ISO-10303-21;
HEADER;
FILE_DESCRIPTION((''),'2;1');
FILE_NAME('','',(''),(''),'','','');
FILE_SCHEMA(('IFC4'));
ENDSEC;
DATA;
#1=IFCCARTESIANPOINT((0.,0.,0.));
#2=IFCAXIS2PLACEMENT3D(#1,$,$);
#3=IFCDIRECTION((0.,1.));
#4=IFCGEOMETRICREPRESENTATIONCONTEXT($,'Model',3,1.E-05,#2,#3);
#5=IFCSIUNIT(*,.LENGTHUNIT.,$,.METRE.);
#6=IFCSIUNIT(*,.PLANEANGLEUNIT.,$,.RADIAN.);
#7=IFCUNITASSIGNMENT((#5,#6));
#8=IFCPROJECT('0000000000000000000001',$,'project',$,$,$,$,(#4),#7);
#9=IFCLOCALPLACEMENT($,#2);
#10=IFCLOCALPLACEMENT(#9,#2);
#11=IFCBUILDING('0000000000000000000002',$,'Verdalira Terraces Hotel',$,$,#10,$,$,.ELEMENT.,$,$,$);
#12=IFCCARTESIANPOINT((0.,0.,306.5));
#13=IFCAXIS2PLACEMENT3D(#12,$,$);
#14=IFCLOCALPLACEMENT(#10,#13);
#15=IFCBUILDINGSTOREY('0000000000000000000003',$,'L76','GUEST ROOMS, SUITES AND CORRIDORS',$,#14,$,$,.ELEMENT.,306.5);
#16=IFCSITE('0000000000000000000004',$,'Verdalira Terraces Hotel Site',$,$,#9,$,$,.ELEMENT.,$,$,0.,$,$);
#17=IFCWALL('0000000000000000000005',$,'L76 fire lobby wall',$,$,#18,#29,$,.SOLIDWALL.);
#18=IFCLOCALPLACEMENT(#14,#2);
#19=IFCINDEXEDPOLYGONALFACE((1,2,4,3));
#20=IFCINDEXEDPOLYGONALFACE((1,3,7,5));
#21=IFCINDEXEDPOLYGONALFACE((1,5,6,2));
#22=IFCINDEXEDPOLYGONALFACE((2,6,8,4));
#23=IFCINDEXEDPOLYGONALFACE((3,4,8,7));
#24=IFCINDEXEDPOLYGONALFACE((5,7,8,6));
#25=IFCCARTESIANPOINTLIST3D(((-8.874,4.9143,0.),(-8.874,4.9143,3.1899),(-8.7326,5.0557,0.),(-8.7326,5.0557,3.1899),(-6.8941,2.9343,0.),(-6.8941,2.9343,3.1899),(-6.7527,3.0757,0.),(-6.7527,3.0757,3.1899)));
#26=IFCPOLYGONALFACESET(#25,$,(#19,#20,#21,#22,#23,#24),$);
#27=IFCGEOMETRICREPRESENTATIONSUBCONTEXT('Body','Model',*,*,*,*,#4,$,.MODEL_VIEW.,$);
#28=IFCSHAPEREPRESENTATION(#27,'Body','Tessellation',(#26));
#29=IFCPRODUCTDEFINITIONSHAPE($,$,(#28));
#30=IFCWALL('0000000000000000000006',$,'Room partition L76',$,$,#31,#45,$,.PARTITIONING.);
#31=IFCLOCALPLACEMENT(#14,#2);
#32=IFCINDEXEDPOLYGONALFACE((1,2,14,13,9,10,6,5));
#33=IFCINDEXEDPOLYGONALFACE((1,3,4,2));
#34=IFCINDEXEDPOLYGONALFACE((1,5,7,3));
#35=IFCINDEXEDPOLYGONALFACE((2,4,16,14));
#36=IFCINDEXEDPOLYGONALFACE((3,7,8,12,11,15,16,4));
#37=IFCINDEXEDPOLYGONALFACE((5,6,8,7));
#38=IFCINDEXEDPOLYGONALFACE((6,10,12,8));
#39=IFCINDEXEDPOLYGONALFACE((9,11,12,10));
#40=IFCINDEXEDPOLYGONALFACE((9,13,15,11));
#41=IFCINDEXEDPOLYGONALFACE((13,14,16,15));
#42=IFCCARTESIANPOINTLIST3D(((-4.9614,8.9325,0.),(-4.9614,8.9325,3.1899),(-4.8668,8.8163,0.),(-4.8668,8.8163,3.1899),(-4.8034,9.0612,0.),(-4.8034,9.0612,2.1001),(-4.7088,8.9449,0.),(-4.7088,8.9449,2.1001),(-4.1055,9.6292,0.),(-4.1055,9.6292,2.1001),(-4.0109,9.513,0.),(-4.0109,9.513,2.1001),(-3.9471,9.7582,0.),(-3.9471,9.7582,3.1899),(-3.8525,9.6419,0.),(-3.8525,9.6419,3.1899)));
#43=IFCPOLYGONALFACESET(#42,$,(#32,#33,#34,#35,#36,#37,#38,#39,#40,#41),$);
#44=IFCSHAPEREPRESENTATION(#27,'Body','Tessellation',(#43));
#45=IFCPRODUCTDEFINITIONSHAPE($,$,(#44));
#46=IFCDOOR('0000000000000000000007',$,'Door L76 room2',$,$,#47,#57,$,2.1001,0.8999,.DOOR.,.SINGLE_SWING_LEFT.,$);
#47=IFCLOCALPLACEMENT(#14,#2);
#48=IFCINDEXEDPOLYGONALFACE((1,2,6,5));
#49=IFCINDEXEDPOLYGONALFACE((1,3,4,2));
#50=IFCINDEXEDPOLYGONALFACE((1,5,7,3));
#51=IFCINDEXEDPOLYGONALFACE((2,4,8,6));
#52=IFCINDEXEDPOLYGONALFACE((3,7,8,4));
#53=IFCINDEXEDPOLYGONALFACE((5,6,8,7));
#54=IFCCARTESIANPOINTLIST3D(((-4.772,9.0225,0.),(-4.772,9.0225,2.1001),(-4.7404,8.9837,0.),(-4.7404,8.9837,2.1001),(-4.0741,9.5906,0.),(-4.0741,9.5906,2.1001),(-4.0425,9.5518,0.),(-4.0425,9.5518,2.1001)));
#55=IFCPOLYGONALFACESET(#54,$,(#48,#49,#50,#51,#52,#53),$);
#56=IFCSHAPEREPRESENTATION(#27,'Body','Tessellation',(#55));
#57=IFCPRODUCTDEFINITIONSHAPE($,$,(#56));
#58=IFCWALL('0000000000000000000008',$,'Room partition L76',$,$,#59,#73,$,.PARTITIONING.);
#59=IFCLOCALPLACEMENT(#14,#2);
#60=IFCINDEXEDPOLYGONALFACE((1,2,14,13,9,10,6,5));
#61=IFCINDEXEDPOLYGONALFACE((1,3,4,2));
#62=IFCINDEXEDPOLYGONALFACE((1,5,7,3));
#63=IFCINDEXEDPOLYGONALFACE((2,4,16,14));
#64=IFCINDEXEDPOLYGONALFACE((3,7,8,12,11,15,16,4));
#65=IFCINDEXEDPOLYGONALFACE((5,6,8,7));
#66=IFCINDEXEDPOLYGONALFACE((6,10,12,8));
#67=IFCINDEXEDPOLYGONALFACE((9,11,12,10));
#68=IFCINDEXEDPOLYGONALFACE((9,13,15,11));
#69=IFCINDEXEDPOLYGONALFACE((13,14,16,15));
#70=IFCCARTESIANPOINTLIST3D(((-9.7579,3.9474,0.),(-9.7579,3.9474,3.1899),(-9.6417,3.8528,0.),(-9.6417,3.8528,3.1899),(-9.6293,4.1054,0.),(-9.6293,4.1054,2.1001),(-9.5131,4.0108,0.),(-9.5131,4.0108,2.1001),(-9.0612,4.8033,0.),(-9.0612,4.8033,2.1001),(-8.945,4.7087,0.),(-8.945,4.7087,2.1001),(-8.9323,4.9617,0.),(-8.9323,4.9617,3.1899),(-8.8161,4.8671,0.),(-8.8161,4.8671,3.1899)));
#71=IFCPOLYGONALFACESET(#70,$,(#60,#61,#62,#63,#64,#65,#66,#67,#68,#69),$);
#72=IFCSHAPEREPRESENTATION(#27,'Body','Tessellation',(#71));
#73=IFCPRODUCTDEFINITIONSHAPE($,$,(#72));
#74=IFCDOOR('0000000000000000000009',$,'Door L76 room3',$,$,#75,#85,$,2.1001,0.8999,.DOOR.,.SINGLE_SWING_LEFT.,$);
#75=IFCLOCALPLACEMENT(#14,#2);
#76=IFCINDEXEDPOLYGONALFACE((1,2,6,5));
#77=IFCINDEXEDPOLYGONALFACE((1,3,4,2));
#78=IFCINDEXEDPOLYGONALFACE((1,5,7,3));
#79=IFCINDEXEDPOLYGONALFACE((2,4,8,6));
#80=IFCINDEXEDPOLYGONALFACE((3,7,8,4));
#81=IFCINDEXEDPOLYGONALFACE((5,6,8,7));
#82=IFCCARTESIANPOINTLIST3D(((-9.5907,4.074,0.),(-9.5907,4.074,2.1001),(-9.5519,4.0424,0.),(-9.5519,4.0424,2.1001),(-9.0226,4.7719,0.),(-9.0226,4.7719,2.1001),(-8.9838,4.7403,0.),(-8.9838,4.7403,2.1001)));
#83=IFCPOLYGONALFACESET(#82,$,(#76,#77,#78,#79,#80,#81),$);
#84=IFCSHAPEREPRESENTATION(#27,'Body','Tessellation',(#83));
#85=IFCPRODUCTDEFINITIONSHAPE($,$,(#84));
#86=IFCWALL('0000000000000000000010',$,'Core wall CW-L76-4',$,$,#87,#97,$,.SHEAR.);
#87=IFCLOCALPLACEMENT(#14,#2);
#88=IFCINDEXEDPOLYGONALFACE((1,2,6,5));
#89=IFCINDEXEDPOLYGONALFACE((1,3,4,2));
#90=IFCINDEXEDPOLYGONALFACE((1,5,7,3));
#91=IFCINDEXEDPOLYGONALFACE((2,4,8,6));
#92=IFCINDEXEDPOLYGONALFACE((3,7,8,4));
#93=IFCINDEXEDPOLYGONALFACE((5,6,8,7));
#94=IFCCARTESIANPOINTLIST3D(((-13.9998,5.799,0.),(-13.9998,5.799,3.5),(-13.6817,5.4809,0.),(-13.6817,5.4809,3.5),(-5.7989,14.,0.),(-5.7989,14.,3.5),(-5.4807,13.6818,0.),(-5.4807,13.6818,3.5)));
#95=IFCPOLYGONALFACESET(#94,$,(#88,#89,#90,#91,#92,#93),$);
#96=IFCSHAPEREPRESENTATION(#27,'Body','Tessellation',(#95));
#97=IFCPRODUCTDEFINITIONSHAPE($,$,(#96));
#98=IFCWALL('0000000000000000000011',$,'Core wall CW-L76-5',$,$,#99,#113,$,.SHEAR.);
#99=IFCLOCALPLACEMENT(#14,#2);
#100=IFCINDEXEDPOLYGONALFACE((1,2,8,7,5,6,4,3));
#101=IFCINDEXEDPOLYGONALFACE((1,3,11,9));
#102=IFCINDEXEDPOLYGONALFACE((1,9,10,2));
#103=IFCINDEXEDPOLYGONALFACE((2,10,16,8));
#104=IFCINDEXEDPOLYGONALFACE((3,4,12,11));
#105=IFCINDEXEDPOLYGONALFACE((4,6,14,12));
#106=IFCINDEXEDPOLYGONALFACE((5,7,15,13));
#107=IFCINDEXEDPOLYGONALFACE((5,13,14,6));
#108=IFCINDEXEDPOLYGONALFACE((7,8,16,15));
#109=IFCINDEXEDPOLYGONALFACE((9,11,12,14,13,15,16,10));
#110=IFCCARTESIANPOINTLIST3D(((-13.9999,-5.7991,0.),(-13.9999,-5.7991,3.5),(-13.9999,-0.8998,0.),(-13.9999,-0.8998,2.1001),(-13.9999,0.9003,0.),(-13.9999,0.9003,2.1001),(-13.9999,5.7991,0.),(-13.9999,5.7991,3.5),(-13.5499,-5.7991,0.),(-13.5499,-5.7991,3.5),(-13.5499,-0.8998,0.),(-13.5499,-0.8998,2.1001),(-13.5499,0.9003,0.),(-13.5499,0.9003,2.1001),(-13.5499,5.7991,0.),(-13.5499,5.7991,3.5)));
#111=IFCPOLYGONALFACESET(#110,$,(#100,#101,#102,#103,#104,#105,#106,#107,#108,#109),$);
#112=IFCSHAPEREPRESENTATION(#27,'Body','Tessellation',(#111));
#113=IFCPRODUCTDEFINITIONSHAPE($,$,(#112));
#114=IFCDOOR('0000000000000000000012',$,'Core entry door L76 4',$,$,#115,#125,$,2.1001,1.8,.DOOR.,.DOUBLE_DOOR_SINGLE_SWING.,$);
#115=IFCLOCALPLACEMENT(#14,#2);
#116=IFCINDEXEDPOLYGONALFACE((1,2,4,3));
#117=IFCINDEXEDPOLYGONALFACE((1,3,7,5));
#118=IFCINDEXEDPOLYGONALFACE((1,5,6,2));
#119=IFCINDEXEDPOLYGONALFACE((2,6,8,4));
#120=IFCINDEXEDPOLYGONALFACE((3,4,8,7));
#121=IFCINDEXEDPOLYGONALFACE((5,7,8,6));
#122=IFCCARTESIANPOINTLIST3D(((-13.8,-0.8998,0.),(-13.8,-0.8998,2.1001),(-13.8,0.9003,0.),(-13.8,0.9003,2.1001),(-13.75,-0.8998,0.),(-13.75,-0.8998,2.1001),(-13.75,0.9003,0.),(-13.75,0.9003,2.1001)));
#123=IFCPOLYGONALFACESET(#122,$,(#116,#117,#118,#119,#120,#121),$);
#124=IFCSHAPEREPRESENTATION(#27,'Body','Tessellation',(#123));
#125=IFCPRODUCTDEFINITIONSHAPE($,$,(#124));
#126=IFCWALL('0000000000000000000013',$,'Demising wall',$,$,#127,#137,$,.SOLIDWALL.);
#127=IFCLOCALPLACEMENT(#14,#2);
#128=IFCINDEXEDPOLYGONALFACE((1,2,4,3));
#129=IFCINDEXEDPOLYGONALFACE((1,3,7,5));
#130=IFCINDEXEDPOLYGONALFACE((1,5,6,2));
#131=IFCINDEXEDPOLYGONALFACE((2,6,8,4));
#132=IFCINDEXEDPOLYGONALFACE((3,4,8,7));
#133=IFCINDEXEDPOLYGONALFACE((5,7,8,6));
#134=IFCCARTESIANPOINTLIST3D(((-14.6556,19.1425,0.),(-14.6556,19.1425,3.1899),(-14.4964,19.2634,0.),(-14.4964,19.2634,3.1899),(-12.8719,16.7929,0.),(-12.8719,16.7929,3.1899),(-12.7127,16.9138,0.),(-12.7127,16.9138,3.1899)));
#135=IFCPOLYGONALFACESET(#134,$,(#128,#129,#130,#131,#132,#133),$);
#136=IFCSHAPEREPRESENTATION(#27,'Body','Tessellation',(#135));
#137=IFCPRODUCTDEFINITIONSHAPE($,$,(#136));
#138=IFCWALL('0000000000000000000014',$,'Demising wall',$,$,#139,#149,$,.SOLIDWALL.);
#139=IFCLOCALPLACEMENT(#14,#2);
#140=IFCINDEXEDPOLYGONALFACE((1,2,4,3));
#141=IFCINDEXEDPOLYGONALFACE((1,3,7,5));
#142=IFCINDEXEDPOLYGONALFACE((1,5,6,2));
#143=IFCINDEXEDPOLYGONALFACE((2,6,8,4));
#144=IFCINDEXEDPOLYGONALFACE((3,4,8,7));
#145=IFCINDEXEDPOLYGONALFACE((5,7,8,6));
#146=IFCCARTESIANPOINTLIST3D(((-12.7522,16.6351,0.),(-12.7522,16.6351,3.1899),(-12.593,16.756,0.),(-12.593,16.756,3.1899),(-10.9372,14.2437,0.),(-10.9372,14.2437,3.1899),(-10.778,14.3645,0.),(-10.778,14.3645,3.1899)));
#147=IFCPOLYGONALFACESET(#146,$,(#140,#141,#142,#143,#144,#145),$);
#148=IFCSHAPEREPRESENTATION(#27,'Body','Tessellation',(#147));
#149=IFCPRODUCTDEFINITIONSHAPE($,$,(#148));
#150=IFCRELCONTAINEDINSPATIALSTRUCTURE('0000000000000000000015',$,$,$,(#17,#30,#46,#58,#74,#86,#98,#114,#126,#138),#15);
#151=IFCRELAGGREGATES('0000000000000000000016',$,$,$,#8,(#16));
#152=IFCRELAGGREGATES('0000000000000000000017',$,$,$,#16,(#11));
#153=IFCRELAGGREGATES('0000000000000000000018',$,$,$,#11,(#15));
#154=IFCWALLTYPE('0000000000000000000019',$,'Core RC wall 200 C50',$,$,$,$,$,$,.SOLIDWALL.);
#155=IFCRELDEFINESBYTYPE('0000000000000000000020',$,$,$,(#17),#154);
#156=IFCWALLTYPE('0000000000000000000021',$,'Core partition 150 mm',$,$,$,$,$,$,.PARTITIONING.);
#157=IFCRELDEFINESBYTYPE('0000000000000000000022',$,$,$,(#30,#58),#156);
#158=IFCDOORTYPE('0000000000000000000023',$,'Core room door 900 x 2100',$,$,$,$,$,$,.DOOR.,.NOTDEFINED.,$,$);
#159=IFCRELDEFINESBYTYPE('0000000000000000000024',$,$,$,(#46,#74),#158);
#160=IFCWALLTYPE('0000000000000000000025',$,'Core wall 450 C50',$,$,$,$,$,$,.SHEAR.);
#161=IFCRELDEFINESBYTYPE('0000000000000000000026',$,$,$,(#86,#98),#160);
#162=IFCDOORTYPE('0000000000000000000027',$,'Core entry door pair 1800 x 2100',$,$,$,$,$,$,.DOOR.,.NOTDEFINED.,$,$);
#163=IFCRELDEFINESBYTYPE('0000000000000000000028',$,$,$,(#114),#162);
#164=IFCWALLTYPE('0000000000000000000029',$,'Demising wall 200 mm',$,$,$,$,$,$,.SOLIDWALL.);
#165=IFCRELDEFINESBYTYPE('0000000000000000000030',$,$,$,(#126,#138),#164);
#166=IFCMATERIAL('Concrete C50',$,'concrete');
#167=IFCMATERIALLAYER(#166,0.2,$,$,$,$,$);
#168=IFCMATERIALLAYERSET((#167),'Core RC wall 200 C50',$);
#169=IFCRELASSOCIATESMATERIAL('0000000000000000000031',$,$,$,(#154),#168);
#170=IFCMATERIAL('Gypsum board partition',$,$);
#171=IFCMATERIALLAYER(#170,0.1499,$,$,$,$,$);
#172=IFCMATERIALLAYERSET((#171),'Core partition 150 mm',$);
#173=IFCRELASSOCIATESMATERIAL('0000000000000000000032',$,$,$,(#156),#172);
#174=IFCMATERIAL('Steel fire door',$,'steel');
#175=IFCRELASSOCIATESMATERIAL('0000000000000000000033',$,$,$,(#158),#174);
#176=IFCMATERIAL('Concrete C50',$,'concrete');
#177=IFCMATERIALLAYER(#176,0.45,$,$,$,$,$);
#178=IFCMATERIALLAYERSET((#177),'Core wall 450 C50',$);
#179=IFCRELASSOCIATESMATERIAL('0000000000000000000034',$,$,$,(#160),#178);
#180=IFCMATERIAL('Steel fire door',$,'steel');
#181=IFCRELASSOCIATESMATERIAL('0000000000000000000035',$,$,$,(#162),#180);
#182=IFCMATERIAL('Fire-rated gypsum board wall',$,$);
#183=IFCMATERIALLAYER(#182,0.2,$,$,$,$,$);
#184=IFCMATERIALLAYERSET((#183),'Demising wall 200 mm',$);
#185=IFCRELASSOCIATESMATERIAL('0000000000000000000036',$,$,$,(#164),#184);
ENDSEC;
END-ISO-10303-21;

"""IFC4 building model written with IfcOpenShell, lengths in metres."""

from ifc_helpers import new_model, si_unit, direction, frame, frame_2d, origin, place, context, subcontext, project, spatial, rectangle, extrude, material, layer, layer_set, type_object, element, fill, save


model = new_model("IFC4")

# Units and contexts
model_context = context("Model", 3, precision=1e-05, world=origin(), true_north=direction((0.0, 1.0)))
body_context = subcontext(model_context, "Body", "Model", "MODEL_VIEW")
ifc_project = project(units=[si_unit("LENGTHUNIT", "METRE"), si_unit("PLANEANGLEUNIT", "RADIAN")], contexts=[model_context])

# Site, building, storey
site_placement = place(None, origin())
site = spatial("IfcSite", under=ifc_project, at=site_placement, Name="Verdalira Terraces Hotel Site", CompositionType="ELEMENT", RefElevation=0.0)
building_placement = place(site_placement, origin())
building = spatial("IfcBuilding", under=site, at=building_placement, Name="Verdalira Terraces Hotel", CompositionType="ELEMENT")
storey_placement = place(building_placement, frame((0.0, 0.0, 306.5)))
storey = spatial("IfcBuildingStorey", under=building, at=storey_placement, Name="L76", Description="GUEST ROOMS, SUITES AND CORRIDORS", CompositionType="ELEMENT", Elevation=306.5)

# Shared definitions
ifc_material_1 = material(Name="Concrete C50", Category="concrete")
ifc_layer_1 = layer(ifc_material_1, 0.2)
ifc_layer_set_1 = layer_set([ifc_layer_1], Name="Core RC wall 200 C50")
wall_type_1 = type_object("IfcWallType", Name="Core RC wall 200 C50", PredefinedType="SOLIDWALL", material=ifc_layer_set_1)

# Wall
for number, where, z_axis, x_axis, name in (
    (1, (-6.8235, 3.0051, 0.0), (0.0, 0.0, 1.0), (-0.707107, 0.707107, 0.0), "L76 fire lobby wall"),
):
    element("IfcWall", number, at=place(storey_placement, frame(where, z_axis=z_axis, x_axis=x_axis)), inside=storey, type_object=wall_type_1, Name=name, PredefinedType="SOLIDWALL", context=body_context, shape_type="SweptSolid", body=[
        extrude(rectangle(XDim=2.8, YDim=0.2, at=frame_2d((1.3999, 0.0))), origin(), (0.0, 0.0, 1.0), 3.1899),
    ])

# Walls, openings, doors
ifc_material_2 = material(Name="Gypsum board partition")
ifc_layer_2 = layer(ifc_material_2, 0.1499)
ifc_layer_set_2 = layer_set([ifc_layer_2], Name="Core partition 150 mm")
wall_type_2 = type_object("IfcWallType", Name="Core partition 150 mm", PredefinedType="PARTITIONING", material=ifc_layer_set_2)
wall_1_placement = place(storey_placement, frame((-3.8999, 9.7, 0.0), z_axis=(0.0, 0.0, 1.0), x_axis=(-0.77556, -0.631274, 0.0)))
wall_1 = element("IfcWall", 2, at=wall_1_placement, inside=storey, type_object=wall_type_2, Name="Room partition L76", PredefinedType="PARTITIONING", context=body_context, shape_type="SweptSolid", body=[
    extrude(rectangle(XDim=1.3079, YDim=0.1499, at=frame_2d((0.6538, 0.0))), origin(), (0.0, 0.0, 1.0), 3.1899),
])
opening_1_placement = place(wall_1_placement, frame((0.2041, 0.0, 0.0)))
opening_1 = element("IfcOpeningElement", 3, at=opening_1_placement, cuts=wall_1, PredefinedType="OPENING", context=body_context, shape_type="SweptSolid", body=[
    extrude(rectangle(XDim=0.8999, YDim=2.1001, at=frame_2d((0.45, 1.05))), frame((0.0, 0.085, 0.0), z_axis=(0.0, -1.0, 0.0), x_axis=(1.0, 0.0, 0.0)), (0.0, 0.0, 1.0), 0.1699),
])
ifc_material_3 = material(Name="Steel fire door", Category="steel")
door_type_1 = type_object("IfcDoorType", Name="Core room door 900 x 2100", OperationType="NOTDEFINED", PredefinedType="DOOR", material=ifc_material_3)
door_1_placement = place(opening_1_placement, origin())
door_1 = element("IfcDoor", 4, at=door_1_placement, inside=storey, type_object=door_type_1, Name="Door L76 room2", OperationType="SINGLE_SWING_LEFT", OverallHeight=2.1001, OverallWidth=0.8999, PredefinedType="DOOR", context=body_context, shape_type="SweptSolid", body=[
    extrude(rectangle(XDim=0.8999, YDim=2.1001, at=frame_2d((0.45, 1.05))), frame((0.0, 0.0249, 0.0), z_axis=(0.0, -1.0, 0.0), x_axis=(1.0, 0.0, 0.0)), (0.0, 0.0, 1.0), 0.05),
])
fill(opening_1, door_1)
wall_2_placement = place(storey_placement, frame((-8.8743, 4.9143, 0.0), z_axis=(0.0, 0.0, 1.0), x_axis=(-0.631274, -0.77556, 0.0)))
wall_2 = element("IfcWall", 5, at=wall_2_placement, inside=storey, type_object=wall_type_2, Name="Room partition L76", PredefinedType="PARTITIONING", context=body_context, shape_type="SweptSolid", body=[
    extrude(rectangle(XDim=1.3079, YDim=0.1499, at=frame_2d((0.6538, 0.0))), origin(), (0.0, 0.0, 1.0), 3.1899),
])
opening_2_placement = place(wall_2_placement, frame((0.2041, 0.0, 0.0)))
opening_2 = element("IfcOpeningElement", 6, at=opening_2_placement, cuts=wall_2, PredefinedType="OPENING", context=body_context, shape_type="SweptSolid", body=[
    extrude(rectangle(XDim=0.8999, YDim=2.1001, at=frame_2d((0.45, 1.05))), frame((0.0, 0.085, 0.0), z_axis=(0.0, -1.0, 0.0), x_axis=(1.0, 0.0, 0.0)), (0.0, 0.0, 1.0), 0.1699),
])
door_2_placement = place(opening_2_placement, origin())
door_2 = element("IfcDoor", 7, at=door_2_placement, inside=storey, type_object=door_type_1, Name="Door L76 room3", OperationType="SINGLE_SWING_LEFT", OverallHeight=2.1001, OverallWidth=0.8999, PredefinedType="DOOR", context=body_context, shape_type="SweptSolid", body=[
    extrude(rectangle(XDim=0.8999, YDim=2.1001, at=frame_2d((0.45, 1.05))), frame((0.0, 0.0249, 0.0), z_axis=(0.0, -1.0, 0.0), x_axis=(1.0, 0.0, 0.0)), (0.0, 0.0, 1.0), 0.05),
])
fill(opening_2, door_2)

# Wall
ifc_material_4 = material(Name="Concrete C50", Category="concrete")
ifc_layer_3 = layer(ifc_material_4, 0.45)
ifc_layer_set_3 = layer_set([ifc_layer_3], Name="Core wall 450 C50")
wall_type_3 = type_object("IfcWallType", Name="Core wall 450 C50", PredefinedType="SHEAR", material=ifc_layer_set_3)
wall_3_placement = place(storey_placement, frame((-5.6399, 13.8408, 0.0), z_axis=(0.0, 0.0, 1.0), x_axis=(-0.707107, -0.707107, 0.0)))
element("IfcWall", 8, at=wall_3_placement, inside=storey, type_object=wall_type_3, Name="Core wall CW-L76-4", PredefinedType="SHEAR", context=body_context, shape_type="SweptSolid", body=[
    extrude(rectangle(XDim=11.5979, YDim=0.45, at=frame_2d((5.7988, 0.0))), origin(), (0.0, 0.0, 1.0), 3.5),
])

# Wall, opening, door
wall_4_placement = place(storey_placement, frame((-13.7749, 5.7991, 0.0), z_axis=(0.0, 0.0, 1.0), x_axis=(0.0, -1.0, 0.0)))
wall_4 = element("IfcWall", 9, at=wall_4_placement, inside=storey, type_object=wall_type_3, Name="Core wall CW-L76-5", PredefinedType="SHEAR", context=body_context, shape_type="SweptSolid", body=[
    extrude(rectangle(XDim=11.5981, YDim=0.45, at=frame_2d((5.7991, 0.0))), origin(), (0.0, 0.0, 1.0), 3.5),
])
opening_3_placement = place(wall_4_placement, frame((4.8989, 0.0, 0.0)))
opening_3 = element("IfcOpeningElement", 10, at=opening_3_placement, cuts=wall_4, PredefinedType="OPENING", context=body_context, shape_type="SweptSolid", body=[
    extrude(rectangle(XDim=1.8, YDim=2.1001, at=frame_2d((0.8999, 1.05))), frame((0.0, 0.2349, 0.0), z_axis=(0.0, -1.0, 0.0), x_axis=(1.0, 0.0, 0.0)), (0.0, 0.0, 1.0), 0.47),
])
ifc_material_5 = material(Name="Steel fire door", Category="steel")
door_type_2 = type_object("IfcDoorType", Name="Core entry door pair 1800 x 2100", OperationType="NOTDEFINED", PredefinedType="DOOR", material=ifc_material_5)
door_3_placement = place(opening_3_placement, origin())
door_3 = element("IfcDoor", 11, at=door_3_placement, inside=storey, type_object=door_type_2, Name="Core entry door L76 4", OperationType="DOUBLE_DOOR_SINGLE_SWING", OverallHeight=2.1001, OverallWidth=1.8, PredefinedType="DOOR", context=body_context, shape_type="SweptSolid", body=[
    extrude(rectangle(XDim=1.8, YDim=2.1001, at=frame_2d((0.8999, 1.05))), frame((0.0, 0.0249, 0.0), z_axis=(0.0, -1.0, 0.0), x_axis=(1.0, 0.0, 0.0)), (0.0, 0.0, 1.0), 0.05),
])
fill(opening_3, door_3)

# Walls
ifc_material_6 = material(Name="Fire-rated gypsum board wall")
ifc_layer_4 = layer(ifc_material_6, 0.2)
ifc_layer_set_4 = layer_set([ifc_layer_4], Name="Demising wall 200 mm")
wall_type_4 = type_object("IfcWallType", Name="Demising wall 200 mm", PredefinedType="SOLIDWALL", material=ifc_layer_set_4)
wall_5_placement = place(storey_placement, frame((-12.7922, 16.8533, 0.0), z_axis=(0.0, 0.0, 1.0), x_axis=(-0.604651, 0.796491, 0.0)))
element("IfcWall", 12, at=wall_5_placement, inside=storey, type_object=wall_type_4, Name="Demising wall", PredefinedType="SOLIDWALL", context=body_context, shape_type="SweptSolid", body=[
    extrude(rectangle(XDim=2.95, YDim=0.2, at=frame_2d((1.4751, 0.0))), origin(), (0.0, 0.0, 1.0), 3.1899),
])
wall_6_placement = place(storey_placement, frame((-10.8577, 14.3042, 0.0), z_axis=(0.0, 0.0, 1.0), x_axis=(-0.604557, 0.796562, 0.0)))
element("IfcWall", 13, at=wall_6_placement, inside=storey, type_object=wall_type_4, Name="Demising wall", PredefinedType="SOLIDWALL", context=body_context, shape_type="SweptSolid", body=[
    extrude(rectangle(XDim=3.0022, YDim=0.2, at=frame_2d((1.501, 0.0))), origin(), (0.0, 0.0, 1.0), 3.1899),
])

save(model, "model.ifc")
